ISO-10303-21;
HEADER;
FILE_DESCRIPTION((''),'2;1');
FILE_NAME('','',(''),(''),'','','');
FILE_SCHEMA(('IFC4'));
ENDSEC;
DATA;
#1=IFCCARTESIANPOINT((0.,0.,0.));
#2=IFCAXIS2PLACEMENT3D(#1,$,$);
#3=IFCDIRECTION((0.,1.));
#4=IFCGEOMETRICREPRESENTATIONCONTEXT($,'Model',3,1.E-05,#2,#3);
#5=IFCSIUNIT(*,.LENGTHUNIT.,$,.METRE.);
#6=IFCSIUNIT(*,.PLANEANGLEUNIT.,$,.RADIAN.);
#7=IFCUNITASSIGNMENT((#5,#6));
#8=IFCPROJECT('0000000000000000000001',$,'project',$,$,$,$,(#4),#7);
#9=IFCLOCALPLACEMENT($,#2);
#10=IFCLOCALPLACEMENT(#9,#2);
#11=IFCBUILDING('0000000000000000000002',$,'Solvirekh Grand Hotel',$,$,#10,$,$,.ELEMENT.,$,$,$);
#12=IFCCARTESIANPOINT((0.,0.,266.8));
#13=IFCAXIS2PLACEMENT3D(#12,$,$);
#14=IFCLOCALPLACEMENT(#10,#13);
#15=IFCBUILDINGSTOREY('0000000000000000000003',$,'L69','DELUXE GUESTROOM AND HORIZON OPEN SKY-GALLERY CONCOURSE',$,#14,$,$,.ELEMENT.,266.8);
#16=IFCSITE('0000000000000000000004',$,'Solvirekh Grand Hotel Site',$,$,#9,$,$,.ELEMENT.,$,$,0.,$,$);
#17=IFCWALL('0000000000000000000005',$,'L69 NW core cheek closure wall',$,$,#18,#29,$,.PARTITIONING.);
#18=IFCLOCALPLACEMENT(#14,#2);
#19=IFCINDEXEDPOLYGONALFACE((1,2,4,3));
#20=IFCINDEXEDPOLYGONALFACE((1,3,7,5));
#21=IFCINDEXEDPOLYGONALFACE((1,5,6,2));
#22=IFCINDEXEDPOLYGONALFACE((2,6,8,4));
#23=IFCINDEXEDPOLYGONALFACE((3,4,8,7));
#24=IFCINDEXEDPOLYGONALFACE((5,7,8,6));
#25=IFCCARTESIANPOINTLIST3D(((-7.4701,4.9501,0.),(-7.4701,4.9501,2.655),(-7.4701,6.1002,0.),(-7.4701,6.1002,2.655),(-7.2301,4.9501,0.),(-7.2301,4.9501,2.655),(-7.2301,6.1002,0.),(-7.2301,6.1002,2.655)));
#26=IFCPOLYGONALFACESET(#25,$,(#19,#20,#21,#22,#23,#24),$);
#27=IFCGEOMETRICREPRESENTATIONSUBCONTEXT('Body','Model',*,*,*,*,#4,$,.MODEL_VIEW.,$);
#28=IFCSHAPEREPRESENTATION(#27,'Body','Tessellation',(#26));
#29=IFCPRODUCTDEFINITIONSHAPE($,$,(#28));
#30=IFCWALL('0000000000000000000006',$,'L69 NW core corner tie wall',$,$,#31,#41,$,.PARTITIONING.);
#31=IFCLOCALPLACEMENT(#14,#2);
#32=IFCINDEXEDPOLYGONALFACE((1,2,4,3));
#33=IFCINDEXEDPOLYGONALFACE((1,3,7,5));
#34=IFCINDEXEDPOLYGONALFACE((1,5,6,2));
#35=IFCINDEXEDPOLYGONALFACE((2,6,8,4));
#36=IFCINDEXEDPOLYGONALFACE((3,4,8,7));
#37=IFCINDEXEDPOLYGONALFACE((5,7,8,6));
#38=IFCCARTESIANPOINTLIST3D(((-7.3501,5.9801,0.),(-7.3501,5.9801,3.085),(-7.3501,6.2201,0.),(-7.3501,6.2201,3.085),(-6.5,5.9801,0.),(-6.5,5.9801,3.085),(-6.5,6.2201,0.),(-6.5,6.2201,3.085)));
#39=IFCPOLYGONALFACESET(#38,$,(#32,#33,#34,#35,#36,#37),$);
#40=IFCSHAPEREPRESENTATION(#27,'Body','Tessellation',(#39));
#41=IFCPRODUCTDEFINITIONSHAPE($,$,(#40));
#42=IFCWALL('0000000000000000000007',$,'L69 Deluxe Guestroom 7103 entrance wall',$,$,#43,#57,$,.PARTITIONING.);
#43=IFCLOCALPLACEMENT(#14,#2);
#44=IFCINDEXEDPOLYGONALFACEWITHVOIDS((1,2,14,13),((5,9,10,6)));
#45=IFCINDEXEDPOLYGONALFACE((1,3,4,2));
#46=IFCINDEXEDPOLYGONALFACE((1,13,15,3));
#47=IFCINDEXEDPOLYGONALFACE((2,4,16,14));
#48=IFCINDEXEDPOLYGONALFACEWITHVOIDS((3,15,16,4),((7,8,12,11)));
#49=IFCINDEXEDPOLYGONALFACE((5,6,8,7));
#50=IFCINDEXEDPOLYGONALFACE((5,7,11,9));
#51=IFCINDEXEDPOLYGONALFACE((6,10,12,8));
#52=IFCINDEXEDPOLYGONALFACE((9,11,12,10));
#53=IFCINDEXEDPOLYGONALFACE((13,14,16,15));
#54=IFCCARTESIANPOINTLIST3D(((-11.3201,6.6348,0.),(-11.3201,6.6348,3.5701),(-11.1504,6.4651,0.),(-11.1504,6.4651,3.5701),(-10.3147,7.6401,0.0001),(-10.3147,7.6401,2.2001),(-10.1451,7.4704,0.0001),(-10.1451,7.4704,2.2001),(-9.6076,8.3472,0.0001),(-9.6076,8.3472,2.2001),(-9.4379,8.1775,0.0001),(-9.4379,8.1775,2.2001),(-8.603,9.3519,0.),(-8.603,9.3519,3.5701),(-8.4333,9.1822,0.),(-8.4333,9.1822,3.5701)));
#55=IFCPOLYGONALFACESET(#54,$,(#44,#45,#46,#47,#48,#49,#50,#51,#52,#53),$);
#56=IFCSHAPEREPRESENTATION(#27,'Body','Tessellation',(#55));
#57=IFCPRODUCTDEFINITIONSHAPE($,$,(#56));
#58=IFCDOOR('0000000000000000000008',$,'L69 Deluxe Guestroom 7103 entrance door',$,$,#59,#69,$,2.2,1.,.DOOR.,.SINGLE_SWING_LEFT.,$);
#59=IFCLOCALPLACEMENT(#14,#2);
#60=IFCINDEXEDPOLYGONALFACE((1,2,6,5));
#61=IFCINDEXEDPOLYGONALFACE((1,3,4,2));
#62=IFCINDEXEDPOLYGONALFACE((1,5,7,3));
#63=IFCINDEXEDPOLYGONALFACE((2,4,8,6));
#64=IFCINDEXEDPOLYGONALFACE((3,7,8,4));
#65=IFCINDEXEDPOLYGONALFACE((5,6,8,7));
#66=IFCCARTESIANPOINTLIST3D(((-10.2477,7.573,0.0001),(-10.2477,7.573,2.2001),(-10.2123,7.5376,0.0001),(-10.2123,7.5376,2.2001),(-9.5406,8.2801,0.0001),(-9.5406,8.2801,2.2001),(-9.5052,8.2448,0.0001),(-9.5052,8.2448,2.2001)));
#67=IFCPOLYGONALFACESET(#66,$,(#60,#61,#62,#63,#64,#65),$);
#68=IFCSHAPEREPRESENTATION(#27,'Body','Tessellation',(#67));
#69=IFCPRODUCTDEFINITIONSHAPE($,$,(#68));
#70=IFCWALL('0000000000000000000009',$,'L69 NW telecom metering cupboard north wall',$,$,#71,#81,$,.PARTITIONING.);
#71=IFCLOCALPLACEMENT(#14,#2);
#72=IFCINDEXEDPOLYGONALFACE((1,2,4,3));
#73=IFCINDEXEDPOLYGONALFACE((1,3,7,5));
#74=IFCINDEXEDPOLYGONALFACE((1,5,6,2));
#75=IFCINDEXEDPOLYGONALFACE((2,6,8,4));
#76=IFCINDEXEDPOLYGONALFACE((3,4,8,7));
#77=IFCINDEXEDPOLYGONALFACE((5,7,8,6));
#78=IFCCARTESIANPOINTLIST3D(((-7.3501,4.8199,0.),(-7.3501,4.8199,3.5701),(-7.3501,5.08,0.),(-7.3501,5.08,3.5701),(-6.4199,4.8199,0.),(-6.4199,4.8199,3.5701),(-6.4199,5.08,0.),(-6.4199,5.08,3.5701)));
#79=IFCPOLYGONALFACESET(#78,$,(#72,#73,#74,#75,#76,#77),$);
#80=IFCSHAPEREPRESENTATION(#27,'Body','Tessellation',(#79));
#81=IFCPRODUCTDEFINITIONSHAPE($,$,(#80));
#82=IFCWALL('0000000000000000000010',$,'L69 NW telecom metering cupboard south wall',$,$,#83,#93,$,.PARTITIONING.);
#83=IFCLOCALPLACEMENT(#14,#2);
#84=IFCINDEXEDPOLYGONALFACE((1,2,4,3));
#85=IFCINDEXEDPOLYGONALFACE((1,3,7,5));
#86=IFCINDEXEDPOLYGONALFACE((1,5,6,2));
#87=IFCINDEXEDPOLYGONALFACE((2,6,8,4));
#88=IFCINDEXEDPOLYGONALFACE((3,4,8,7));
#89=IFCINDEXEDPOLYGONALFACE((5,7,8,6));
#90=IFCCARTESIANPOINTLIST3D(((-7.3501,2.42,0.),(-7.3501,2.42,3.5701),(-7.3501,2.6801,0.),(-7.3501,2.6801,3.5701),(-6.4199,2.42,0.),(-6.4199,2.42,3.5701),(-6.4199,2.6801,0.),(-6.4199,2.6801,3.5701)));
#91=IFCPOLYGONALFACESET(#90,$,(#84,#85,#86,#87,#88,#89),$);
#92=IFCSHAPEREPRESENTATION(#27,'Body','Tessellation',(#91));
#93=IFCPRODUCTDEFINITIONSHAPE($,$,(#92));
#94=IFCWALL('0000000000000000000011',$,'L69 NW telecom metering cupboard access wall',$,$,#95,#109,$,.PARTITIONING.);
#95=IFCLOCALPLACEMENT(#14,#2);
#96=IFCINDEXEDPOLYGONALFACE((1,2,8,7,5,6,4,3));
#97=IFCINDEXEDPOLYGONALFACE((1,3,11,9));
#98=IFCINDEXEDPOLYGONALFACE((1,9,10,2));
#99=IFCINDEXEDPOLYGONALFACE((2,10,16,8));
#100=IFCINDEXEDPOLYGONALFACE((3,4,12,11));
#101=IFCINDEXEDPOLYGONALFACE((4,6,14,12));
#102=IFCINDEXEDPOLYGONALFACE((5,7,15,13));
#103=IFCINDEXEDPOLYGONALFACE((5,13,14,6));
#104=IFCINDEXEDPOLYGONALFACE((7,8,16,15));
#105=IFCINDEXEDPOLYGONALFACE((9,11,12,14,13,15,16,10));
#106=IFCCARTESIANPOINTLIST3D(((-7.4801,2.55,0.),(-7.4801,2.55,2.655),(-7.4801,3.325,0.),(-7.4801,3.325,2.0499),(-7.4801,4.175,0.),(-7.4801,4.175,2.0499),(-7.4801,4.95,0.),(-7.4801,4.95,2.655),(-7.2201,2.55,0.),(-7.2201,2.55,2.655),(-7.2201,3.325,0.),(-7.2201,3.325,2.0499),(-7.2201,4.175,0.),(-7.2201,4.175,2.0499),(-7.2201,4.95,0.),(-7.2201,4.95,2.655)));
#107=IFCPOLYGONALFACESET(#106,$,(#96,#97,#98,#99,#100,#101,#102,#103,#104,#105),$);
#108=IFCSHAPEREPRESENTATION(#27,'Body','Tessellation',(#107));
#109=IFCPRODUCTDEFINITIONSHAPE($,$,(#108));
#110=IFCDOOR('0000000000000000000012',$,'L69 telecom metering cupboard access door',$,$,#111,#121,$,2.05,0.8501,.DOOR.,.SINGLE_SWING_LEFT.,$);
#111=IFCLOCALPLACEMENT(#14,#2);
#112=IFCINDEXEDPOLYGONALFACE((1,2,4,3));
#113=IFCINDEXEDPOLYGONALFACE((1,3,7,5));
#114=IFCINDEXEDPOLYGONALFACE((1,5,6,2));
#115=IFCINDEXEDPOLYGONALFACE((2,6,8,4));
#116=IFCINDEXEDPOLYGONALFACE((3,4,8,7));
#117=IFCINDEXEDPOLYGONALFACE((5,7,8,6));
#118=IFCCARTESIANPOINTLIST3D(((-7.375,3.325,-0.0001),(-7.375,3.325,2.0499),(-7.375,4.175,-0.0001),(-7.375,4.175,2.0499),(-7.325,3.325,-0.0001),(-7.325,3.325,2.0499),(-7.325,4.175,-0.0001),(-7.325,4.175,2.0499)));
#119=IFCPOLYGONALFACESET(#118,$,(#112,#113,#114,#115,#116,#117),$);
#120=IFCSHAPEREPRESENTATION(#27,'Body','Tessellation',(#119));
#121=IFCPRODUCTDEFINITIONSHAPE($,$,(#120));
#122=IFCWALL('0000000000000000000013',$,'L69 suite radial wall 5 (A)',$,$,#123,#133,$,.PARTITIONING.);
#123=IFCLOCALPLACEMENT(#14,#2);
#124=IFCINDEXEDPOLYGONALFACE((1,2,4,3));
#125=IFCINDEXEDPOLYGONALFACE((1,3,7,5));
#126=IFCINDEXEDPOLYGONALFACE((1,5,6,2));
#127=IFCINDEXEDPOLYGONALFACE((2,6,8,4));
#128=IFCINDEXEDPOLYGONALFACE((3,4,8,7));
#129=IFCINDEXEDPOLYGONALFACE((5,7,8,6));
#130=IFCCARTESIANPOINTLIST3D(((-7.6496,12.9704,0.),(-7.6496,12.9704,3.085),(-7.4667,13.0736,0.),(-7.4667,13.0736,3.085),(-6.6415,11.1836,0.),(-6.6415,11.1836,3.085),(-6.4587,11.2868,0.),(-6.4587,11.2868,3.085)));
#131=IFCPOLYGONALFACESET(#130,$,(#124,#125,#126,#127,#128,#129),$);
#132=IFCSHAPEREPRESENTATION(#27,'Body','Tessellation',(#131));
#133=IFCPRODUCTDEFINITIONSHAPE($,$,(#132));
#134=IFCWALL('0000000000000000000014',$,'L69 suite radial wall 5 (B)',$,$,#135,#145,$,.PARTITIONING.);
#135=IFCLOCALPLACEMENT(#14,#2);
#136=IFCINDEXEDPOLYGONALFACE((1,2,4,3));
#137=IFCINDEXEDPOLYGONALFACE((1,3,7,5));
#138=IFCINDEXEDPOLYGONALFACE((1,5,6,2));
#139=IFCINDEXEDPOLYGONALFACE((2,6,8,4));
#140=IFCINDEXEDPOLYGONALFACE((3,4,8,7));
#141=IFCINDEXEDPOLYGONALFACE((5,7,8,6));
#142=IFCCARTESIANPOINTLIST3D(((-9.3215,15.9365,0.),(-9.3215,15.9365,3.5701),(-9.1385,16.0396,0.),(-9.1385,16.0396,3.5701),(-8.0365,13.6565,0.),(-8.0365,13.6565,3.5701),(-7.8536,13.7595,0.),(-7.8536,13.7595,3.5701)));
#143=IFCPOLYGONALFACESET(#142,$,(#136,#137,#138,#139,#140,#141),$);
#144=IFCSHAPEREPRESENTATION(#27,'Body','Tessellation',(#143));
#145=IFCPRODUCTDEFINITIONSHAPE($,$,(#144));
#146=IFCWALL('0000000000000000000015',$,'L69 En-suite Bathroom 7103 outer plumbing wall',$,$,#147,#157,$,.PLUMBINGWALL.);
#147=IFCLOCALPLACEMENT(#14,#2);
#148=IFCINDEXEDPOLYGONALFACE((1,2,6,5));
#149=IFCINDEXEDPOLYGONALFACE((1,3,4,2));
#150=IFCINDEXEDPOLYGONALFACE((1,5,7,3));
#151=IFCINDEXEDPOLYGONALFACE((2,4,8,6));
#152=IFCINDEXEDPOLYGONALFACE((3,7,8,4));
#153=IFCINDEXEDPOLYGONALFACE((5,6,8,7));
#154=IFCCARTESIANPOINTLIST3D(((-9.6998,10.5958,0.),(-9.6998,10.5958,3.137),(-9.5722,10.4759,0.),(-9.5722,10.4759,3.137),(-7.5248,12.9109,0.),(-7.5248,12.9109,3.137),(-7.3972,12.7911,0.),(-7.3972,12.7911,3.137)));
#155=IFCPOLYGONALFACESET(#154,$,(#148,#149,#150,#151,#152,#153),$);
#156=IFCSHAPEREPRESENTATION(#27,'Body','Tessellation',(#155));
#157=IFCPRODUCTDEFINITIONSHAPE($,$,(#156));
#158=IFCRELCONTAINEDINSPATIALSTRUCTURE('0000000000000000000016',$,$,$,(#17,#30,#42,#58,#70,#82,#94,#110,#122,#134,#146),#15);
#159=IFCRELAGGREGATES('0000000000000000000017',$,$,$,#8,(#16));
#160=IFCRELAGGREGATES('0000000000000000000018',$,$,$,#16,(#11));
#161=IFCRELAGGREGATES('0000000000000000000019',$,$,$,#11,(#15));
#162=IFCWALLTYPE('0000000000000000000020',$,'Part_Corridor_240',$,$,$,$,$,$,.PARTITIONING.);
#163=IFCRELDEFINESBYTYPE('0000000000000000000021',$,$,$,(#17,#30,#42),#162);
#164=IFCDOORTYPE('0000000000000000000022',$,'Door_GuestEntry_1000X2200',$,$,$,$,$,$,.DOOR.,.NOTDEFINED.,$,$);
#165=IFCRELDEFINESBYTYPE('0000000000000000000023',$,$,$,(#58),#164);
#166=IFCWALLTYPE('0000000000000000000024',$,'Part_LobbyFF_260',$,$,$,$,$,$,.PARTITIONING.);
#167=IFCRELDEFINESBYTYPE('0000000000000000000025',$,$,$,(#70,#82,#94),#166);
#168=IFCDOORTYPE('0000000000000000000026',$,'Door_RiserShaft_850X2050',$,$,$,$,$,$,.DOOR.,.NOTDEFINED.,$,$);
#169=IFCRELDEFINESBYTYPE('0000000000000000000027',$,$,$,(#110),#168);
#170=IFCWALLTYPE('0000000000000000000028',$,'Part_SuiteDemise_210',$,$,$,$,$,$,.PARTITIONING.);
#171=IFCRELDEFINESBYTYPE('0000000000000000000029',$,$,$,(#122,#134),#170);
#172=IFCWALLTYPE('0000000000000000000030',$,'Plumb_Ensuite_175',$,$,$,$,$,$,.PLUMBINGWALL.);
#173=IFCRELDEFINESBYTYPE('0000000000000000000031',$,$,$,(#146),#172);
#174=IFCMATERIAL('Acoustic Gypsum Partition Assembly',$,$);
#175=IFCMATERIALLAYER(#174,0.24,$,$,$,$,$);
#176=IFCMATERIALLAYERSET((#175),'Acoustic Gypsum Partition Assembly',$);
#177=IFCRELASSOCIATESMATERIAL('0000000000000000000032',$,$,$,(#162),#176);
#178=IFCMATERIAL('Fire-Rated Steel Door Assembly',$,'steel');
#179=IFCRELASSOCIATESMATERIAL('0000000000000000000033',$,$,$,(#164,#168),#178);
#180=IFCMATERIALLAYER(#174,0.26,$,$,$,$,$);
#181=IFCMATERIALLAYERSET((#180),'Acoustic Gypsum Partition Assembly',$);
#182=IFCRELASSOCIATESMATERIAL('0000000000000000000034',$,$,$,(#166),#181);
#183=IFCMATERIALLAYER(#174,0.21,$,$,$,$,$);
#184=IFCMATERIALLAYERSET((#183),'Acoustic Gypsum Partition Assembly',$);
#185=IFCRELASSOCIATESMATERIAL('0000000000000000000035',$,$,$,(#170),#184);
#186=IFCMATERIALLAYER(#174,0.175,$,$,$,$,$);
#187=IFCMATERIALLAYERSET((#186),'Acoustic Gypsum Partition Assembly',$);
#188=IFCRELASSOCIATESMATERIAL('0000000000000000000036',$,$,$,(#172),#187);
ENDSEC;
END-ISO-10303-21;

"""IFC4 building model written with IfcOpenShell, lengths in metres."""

from ifc_helpers import new_model, si_unit, direction, frame, frame_2d, origin, place, context, subcontext, project, spatial, rectangle, extrude, material, layer, layer_set, type_object, element, fill, save


model = new_model("IFC4")

# Units and contexts
model_context = context("Model", 3, precision=1e-05, world=origin(), true_north=direction((0.0, 1.0)))
body_context = subcontext(model_context, "Body", "Model", "MODEL_VIEW")
ifc_project = project(units=[si_unit("LENGTHUNIT", "METRE"), si_unit("PLANEANGLEUNIT", "RADIAN")], contexts=[model_context])

# Site, building, storey
site_placement = place(None, origin())
site = spatial("IfcSite", under=ifc_project, at=site_placement, Name="Solvirekh Grand Hotel Site", CompositionType="ELEMENT", RefElevation=0.0)
building_placement = place(site_placement, origin())
building = spatial("IfcBuilding", under=site, at=building_placement, Name="Solvirekh Grand Hotel", CompositionType="ELEMENT")
storey_placement = place(building_placement, frame((0.0, 0.0, 266.8)))
storey = spatial("IfcBuildingStorey", under=building, at=storey_placement, Name="L69", Description="DELUXE GUESTROOM AND HORIZON OPEN SKY-GALLERY CONCOURSE", CompositionType="ELEMENT", Elevation=266.8)

# Walls
ifc_material_1 = material(Name="Acoustic Gypsum Partition Assembly")
ifc_layer_1 = layer(ifc_material_1, 0.24)
ifc_layer_set_1 = layer_set([ifc_layer_1], Name="Acoustic Gypsum Partition Assembly")
wall_type_1 = type_object("IfcWallType", Name="Part_Corridor_240", PredefinedType="PARTITIONING", material=ifc_layer_set_1)
wall_1_placement = place(storey_placement, frame((-7.3501, 4.95, 0.0), z_axis=(0.0, 0.0, 1.0), x_axis=(0.0, 1.0, 0.0)))
element("IfcWall", 1, at=wall_1_placement, inside=storey, type_object=wall_type_1, Name="L69 NW core cheek closure wall", PredefinedType="PARTITIONING", context=body_context, shape_type="SweptSolid", body=[
    extrude(rectangle(XDim=1.1501, YDim=0.24, at=frame_2d((0.5752, 0.0))), origin(), (0.0, 0.0, 1.0), 2.655),
])
wall_2_placement = place(storey_placement, frame((-7.3501, 6.1001, 0.0), z_axis=(0.0, 0.0, 1.0), x_axis=(1.0, 0.0, 0.0)))
element("IfcWall", 2, at=wall_2_placement, inside=storey, type_object=wall_type_1, Name="L69 NW core corner tie wall", PredefinedType="PARTITIONING", context=body_context, shape_type="SweptSolid", body=[
    extrude(rectangle(XDim=0.8501, YDim=0.24, at=frame_2d((0.425, 0.0))), origin(), (0.0, 0.0, 1.0), 3.085),
])

# Wall, opening, door
wall_3_placement = place(storey_placement, frame((-8.5181, 9.2671, 0.0), z_axis=(0.0, 0.0, 1.0), x_axis=(-0.707107, -0.707107, 0.0)))
wall_3 = element("IfcWall", 3, at=wall_3_placement, inside=storey, type_object=wall_type_1, Name="L69 Deluxe Guestroom 7103 entrance wall", PredefinedType="PARTITIONING", context=body_context, shape_type="SweptSolid", body=[
    extrude(rectangle(XDim=3.8425, YDim=0.24, at=frame_2d((1.9214, 0.0))), origin(), (0.0, 0.0, 1.0), 3.5701),
])
opening_1_placement = place(wall_3_placement, frame((1.4209, 0.0, 0.0)))
opening_1 = element("IfcOpeningElement", 4, at=opening_1_placement, cuts=wall_3, PredefinedType="OPENING", context=body_context, shape_type="SweptSolid", body=[
    extrude(rectangle(XDim=1.0, YDim=2.2, at=frame_2d((0.5, 1.1001))), frame((0.0, 0.1299, 0.0), z_axis=(0.0, -1.0, 0.0), x_axis=(1.0, 0.0, 0.0)), (0.0, 0.0, 1.0), 0.26),
])
ifc_material_2 = material(Name="Fire-Rated Steel Door Assembly", Category="steel")
door_type_1 = type_object("IfcDoorType", Name="Door_GuestEntry_1000X2200", OperationType="NOTDEFINED", PredefinedType="DOOR", material=ifc_material_2)
door_1_placement = place(opening_1_placement, origin())
door_1 = element("IfcDoor", 5, at=door_1_placement, inside=storey, type_object=door_type_1, Name="L69 Deluxe Guestroom 7103 entrance door", OperationType="SINGLE_SWING_LEFT", OverallHeight=2.2, OverallWidth=1.0, PredefinedType="DOOR", context=body_context, shape_type="SweptSolid", body=[
    extrude(rectangle(XDim=1.0, YDim=2.2, at=frame_2d((0.5, 1.1001))), frame((0.0, 0.0249, 0.0), z_axis=(0.0, -1.0, 0.0), x_axis=(1.0, 0.0, 0.0)), (0.0, 0.0, 1.0), 0.05),
])
fill(opening_1, door_1)

# Walls
ifc_layer_2 = layer(ifc_material_1, 0.26)
ifc_layer_set_2 = layer_set([ifc_layer_2], Name="Acoustic Gypsum Partition Assembly")
wall_type_2 = type_object("IfcWallType", Name="Part_LobbyFF_260", PredefinedType="PARTITIONING", material=ifc_layer_set_2)
for number, where, z_axis, x_axis, name in (
    (6, (-7.3501, 4.95, 0.0), (0.0, 0.0, 1.0), (1.0, 0.0, 0.0), "L69 NW telecom metering cupboard north wall"),
    (7, (-7.3501, 2.55, 0.0), (0.0, 0.0, 1.0), (1.0, 0.0, 0.0), "L69 NW telecom metering cupboard south wall"),
):
    element("IfcWall", number, at=place(storey_placement, frame(where, z_axis=z_axis, x_axis=x_axis)), inside=storey, type_object=wall_type_2, Name=name, PredefinedType="PARTITIONING", context=body_context, shape_type="SweptSolid", body=[
        extrude(rectangle(XDim=0.9302, YDim=0.26, at=frame_2d((0.4651, 0.0))), origin(), (0.0, 0.0, 1.0), 3.5701),
    ])

# Wall, opening, door
wall_4_placement = place(storey_placement, frame((-7.3501, 2.55, 0.0), z_axis=(0.0, 0.0, 1.0), x_axis=(0.0, 1.0, 0.0)))
wall_4 = element("IfcWall", 8, at=wall_4_placement, inside=storey, type_object=wall_type_2, Name="L69 NW telecom metering cupboard access wall", PredefinedType="PARTITIONING", context=body_context, shape_type="SweptSolid", body=[
    extrude(rectangle(XDim=2.3999, YDim=0.26, at=frame_2d((1.2, 0.0))), origin(), (0.0, 0.0, 1.0), 2.655),
])
opening_2_placement = place(wall_4_placement, frame((0.7749, 0.0, 0.0)))
opening_2 = element("IfcOpeningElement", 9, at=opening_2_placement, cuts=wall_4, PredefinedType="OPENING", context=body_context, shape_type="SweptSolid", body=[
    extrude(rectangle(XDim=0.8501, YDim=2.05, at=frame_2d((0.425, 1.0249))), frame((0.0, 0.1401, 0.0), z_axis=(0.0, -1.0, 0.0), x_axis=(1.0, 0.0, 0.0)), (0.0, 0.0, 1.0), 0.28),
])
door_type_2 = type_object("IfcDoorType", Name="Door_RiserShaft_850X2050", OperationType="NOTDEFINED", PredefinedType="DOOR", material=ifc_material_2)
door_2_placement = place(opening_2_placement, origin())
door_2 = element("IfcDoor", 10, at=door_2_placement, inside=storey, type_object=door_type_2, Name="L69 telecom metering cupboard access door", OperationType="SINGLE_SWING_LEFT", OverallHeight=2.05, OverallWidth=0.8501, PredefinedType="DOOR", context=body_context, shape_type="SweptSolid", body=[
    extrude(rectangle(XDim=0.8501, YDim=2.05, at=frame_2d((0.425, 1.0249))), frame((0.0, 0.0249, 0.0), z_axis=(0.0, -1.0, 0.0), x_axis=(1.0, 0.0, 0.0)), (0.0, 0.0, 1.0), 0.05),
])
fill(opening_2, door_2)

# Walls
ifc_layer_3 = layer(ifc_material_1, 0.21)
ifc_layer_set_3 = layer_set([ifc_layer_3], Name="Acoustic Gypsum Partition Assembly")
wall_type_3 = type_object("IfcWallType", Name="Part_SuiteDemise_210", PredefinedType="PARTITIONING", material=ifc_layer_set_3)
wall_5_placement = place(storey_placement, frame((-6.55, 11.2351, 0.0), z_axis=(0.0, 0.0, 1.0), x_axis=(-0.491351, 0.870961, 0.0)))
element("IfcWall", 11, at=wall_5_placement, inside=storey, type_object=wall_type_3, Name="L69 suite radial wall 5 (A)", PredefinedType="PARTITIONING", context=body_context, shape_type="SweptSolid", body=[
    extrude(rectangle(XDim=2.0515, YDim=0.21, at=frame_2d((1.0259, 0.0))), origin(), (0.0, 0.0, 1.0), 3.085),
])
wall_6_placement = place(storey_placement, frame((-7.9451, 13.708, 0.0), z_axis=(0.0, 0.0, 1.0), x_axis=(-0.490956, 0.871184, 0.0)))
element("IfcWall", 12, at=wall_6_placement, inside=storey, type_object=wall_type_3, Name="L69 suite radial wall 5 (B)", PredefinedType="PARTITIONING", context=body_context, shape_type="SweptSolid", body=[
    extrude(rectangle(XDim=2.6172, YDim=0.21, at=frame_2d((1.3086, 0.0))), origin(), (0.0, 0.0, 1.0), 3.5701),
])
ifc_layer_4 = layer(ifc_material_1, 0.175)
ifc_layer_set_4 = layer_set([ifc_layer_4], Name="Acoustic Gypsum Partition Assembly")
wall_type_4 = type_object("IfcWallType", Name="Plumb_Ensuite_175", PredefinedType="PLUMBINGWALL", material=ifc_layer_set_4)
wall_7_placement = place(storey_placement, frame((-7.4609, 12.8511, 0.0), z_axis=(0.0, 0.0, 1.0), x_axis=(-0.684705, -0.72882, 0.0)))
element("IfcWall", 13, at=wall_7_placement, inside=storey, type_object=wall_type_4, Name="L69 En-suite Bathroom 7103 outer plumbing wall", PredefinedType="PLUMBINGWALL", context=body_context, shape_type="SweptSolid", body=[
    extrude(rectangle(XDim=3.1765, YDim=0.175, at=frame_2d((1.5884, 0.0))), origin(), (0.0, 0.0, 1.0), 3.137),
])

save(model, "model.ifc")
